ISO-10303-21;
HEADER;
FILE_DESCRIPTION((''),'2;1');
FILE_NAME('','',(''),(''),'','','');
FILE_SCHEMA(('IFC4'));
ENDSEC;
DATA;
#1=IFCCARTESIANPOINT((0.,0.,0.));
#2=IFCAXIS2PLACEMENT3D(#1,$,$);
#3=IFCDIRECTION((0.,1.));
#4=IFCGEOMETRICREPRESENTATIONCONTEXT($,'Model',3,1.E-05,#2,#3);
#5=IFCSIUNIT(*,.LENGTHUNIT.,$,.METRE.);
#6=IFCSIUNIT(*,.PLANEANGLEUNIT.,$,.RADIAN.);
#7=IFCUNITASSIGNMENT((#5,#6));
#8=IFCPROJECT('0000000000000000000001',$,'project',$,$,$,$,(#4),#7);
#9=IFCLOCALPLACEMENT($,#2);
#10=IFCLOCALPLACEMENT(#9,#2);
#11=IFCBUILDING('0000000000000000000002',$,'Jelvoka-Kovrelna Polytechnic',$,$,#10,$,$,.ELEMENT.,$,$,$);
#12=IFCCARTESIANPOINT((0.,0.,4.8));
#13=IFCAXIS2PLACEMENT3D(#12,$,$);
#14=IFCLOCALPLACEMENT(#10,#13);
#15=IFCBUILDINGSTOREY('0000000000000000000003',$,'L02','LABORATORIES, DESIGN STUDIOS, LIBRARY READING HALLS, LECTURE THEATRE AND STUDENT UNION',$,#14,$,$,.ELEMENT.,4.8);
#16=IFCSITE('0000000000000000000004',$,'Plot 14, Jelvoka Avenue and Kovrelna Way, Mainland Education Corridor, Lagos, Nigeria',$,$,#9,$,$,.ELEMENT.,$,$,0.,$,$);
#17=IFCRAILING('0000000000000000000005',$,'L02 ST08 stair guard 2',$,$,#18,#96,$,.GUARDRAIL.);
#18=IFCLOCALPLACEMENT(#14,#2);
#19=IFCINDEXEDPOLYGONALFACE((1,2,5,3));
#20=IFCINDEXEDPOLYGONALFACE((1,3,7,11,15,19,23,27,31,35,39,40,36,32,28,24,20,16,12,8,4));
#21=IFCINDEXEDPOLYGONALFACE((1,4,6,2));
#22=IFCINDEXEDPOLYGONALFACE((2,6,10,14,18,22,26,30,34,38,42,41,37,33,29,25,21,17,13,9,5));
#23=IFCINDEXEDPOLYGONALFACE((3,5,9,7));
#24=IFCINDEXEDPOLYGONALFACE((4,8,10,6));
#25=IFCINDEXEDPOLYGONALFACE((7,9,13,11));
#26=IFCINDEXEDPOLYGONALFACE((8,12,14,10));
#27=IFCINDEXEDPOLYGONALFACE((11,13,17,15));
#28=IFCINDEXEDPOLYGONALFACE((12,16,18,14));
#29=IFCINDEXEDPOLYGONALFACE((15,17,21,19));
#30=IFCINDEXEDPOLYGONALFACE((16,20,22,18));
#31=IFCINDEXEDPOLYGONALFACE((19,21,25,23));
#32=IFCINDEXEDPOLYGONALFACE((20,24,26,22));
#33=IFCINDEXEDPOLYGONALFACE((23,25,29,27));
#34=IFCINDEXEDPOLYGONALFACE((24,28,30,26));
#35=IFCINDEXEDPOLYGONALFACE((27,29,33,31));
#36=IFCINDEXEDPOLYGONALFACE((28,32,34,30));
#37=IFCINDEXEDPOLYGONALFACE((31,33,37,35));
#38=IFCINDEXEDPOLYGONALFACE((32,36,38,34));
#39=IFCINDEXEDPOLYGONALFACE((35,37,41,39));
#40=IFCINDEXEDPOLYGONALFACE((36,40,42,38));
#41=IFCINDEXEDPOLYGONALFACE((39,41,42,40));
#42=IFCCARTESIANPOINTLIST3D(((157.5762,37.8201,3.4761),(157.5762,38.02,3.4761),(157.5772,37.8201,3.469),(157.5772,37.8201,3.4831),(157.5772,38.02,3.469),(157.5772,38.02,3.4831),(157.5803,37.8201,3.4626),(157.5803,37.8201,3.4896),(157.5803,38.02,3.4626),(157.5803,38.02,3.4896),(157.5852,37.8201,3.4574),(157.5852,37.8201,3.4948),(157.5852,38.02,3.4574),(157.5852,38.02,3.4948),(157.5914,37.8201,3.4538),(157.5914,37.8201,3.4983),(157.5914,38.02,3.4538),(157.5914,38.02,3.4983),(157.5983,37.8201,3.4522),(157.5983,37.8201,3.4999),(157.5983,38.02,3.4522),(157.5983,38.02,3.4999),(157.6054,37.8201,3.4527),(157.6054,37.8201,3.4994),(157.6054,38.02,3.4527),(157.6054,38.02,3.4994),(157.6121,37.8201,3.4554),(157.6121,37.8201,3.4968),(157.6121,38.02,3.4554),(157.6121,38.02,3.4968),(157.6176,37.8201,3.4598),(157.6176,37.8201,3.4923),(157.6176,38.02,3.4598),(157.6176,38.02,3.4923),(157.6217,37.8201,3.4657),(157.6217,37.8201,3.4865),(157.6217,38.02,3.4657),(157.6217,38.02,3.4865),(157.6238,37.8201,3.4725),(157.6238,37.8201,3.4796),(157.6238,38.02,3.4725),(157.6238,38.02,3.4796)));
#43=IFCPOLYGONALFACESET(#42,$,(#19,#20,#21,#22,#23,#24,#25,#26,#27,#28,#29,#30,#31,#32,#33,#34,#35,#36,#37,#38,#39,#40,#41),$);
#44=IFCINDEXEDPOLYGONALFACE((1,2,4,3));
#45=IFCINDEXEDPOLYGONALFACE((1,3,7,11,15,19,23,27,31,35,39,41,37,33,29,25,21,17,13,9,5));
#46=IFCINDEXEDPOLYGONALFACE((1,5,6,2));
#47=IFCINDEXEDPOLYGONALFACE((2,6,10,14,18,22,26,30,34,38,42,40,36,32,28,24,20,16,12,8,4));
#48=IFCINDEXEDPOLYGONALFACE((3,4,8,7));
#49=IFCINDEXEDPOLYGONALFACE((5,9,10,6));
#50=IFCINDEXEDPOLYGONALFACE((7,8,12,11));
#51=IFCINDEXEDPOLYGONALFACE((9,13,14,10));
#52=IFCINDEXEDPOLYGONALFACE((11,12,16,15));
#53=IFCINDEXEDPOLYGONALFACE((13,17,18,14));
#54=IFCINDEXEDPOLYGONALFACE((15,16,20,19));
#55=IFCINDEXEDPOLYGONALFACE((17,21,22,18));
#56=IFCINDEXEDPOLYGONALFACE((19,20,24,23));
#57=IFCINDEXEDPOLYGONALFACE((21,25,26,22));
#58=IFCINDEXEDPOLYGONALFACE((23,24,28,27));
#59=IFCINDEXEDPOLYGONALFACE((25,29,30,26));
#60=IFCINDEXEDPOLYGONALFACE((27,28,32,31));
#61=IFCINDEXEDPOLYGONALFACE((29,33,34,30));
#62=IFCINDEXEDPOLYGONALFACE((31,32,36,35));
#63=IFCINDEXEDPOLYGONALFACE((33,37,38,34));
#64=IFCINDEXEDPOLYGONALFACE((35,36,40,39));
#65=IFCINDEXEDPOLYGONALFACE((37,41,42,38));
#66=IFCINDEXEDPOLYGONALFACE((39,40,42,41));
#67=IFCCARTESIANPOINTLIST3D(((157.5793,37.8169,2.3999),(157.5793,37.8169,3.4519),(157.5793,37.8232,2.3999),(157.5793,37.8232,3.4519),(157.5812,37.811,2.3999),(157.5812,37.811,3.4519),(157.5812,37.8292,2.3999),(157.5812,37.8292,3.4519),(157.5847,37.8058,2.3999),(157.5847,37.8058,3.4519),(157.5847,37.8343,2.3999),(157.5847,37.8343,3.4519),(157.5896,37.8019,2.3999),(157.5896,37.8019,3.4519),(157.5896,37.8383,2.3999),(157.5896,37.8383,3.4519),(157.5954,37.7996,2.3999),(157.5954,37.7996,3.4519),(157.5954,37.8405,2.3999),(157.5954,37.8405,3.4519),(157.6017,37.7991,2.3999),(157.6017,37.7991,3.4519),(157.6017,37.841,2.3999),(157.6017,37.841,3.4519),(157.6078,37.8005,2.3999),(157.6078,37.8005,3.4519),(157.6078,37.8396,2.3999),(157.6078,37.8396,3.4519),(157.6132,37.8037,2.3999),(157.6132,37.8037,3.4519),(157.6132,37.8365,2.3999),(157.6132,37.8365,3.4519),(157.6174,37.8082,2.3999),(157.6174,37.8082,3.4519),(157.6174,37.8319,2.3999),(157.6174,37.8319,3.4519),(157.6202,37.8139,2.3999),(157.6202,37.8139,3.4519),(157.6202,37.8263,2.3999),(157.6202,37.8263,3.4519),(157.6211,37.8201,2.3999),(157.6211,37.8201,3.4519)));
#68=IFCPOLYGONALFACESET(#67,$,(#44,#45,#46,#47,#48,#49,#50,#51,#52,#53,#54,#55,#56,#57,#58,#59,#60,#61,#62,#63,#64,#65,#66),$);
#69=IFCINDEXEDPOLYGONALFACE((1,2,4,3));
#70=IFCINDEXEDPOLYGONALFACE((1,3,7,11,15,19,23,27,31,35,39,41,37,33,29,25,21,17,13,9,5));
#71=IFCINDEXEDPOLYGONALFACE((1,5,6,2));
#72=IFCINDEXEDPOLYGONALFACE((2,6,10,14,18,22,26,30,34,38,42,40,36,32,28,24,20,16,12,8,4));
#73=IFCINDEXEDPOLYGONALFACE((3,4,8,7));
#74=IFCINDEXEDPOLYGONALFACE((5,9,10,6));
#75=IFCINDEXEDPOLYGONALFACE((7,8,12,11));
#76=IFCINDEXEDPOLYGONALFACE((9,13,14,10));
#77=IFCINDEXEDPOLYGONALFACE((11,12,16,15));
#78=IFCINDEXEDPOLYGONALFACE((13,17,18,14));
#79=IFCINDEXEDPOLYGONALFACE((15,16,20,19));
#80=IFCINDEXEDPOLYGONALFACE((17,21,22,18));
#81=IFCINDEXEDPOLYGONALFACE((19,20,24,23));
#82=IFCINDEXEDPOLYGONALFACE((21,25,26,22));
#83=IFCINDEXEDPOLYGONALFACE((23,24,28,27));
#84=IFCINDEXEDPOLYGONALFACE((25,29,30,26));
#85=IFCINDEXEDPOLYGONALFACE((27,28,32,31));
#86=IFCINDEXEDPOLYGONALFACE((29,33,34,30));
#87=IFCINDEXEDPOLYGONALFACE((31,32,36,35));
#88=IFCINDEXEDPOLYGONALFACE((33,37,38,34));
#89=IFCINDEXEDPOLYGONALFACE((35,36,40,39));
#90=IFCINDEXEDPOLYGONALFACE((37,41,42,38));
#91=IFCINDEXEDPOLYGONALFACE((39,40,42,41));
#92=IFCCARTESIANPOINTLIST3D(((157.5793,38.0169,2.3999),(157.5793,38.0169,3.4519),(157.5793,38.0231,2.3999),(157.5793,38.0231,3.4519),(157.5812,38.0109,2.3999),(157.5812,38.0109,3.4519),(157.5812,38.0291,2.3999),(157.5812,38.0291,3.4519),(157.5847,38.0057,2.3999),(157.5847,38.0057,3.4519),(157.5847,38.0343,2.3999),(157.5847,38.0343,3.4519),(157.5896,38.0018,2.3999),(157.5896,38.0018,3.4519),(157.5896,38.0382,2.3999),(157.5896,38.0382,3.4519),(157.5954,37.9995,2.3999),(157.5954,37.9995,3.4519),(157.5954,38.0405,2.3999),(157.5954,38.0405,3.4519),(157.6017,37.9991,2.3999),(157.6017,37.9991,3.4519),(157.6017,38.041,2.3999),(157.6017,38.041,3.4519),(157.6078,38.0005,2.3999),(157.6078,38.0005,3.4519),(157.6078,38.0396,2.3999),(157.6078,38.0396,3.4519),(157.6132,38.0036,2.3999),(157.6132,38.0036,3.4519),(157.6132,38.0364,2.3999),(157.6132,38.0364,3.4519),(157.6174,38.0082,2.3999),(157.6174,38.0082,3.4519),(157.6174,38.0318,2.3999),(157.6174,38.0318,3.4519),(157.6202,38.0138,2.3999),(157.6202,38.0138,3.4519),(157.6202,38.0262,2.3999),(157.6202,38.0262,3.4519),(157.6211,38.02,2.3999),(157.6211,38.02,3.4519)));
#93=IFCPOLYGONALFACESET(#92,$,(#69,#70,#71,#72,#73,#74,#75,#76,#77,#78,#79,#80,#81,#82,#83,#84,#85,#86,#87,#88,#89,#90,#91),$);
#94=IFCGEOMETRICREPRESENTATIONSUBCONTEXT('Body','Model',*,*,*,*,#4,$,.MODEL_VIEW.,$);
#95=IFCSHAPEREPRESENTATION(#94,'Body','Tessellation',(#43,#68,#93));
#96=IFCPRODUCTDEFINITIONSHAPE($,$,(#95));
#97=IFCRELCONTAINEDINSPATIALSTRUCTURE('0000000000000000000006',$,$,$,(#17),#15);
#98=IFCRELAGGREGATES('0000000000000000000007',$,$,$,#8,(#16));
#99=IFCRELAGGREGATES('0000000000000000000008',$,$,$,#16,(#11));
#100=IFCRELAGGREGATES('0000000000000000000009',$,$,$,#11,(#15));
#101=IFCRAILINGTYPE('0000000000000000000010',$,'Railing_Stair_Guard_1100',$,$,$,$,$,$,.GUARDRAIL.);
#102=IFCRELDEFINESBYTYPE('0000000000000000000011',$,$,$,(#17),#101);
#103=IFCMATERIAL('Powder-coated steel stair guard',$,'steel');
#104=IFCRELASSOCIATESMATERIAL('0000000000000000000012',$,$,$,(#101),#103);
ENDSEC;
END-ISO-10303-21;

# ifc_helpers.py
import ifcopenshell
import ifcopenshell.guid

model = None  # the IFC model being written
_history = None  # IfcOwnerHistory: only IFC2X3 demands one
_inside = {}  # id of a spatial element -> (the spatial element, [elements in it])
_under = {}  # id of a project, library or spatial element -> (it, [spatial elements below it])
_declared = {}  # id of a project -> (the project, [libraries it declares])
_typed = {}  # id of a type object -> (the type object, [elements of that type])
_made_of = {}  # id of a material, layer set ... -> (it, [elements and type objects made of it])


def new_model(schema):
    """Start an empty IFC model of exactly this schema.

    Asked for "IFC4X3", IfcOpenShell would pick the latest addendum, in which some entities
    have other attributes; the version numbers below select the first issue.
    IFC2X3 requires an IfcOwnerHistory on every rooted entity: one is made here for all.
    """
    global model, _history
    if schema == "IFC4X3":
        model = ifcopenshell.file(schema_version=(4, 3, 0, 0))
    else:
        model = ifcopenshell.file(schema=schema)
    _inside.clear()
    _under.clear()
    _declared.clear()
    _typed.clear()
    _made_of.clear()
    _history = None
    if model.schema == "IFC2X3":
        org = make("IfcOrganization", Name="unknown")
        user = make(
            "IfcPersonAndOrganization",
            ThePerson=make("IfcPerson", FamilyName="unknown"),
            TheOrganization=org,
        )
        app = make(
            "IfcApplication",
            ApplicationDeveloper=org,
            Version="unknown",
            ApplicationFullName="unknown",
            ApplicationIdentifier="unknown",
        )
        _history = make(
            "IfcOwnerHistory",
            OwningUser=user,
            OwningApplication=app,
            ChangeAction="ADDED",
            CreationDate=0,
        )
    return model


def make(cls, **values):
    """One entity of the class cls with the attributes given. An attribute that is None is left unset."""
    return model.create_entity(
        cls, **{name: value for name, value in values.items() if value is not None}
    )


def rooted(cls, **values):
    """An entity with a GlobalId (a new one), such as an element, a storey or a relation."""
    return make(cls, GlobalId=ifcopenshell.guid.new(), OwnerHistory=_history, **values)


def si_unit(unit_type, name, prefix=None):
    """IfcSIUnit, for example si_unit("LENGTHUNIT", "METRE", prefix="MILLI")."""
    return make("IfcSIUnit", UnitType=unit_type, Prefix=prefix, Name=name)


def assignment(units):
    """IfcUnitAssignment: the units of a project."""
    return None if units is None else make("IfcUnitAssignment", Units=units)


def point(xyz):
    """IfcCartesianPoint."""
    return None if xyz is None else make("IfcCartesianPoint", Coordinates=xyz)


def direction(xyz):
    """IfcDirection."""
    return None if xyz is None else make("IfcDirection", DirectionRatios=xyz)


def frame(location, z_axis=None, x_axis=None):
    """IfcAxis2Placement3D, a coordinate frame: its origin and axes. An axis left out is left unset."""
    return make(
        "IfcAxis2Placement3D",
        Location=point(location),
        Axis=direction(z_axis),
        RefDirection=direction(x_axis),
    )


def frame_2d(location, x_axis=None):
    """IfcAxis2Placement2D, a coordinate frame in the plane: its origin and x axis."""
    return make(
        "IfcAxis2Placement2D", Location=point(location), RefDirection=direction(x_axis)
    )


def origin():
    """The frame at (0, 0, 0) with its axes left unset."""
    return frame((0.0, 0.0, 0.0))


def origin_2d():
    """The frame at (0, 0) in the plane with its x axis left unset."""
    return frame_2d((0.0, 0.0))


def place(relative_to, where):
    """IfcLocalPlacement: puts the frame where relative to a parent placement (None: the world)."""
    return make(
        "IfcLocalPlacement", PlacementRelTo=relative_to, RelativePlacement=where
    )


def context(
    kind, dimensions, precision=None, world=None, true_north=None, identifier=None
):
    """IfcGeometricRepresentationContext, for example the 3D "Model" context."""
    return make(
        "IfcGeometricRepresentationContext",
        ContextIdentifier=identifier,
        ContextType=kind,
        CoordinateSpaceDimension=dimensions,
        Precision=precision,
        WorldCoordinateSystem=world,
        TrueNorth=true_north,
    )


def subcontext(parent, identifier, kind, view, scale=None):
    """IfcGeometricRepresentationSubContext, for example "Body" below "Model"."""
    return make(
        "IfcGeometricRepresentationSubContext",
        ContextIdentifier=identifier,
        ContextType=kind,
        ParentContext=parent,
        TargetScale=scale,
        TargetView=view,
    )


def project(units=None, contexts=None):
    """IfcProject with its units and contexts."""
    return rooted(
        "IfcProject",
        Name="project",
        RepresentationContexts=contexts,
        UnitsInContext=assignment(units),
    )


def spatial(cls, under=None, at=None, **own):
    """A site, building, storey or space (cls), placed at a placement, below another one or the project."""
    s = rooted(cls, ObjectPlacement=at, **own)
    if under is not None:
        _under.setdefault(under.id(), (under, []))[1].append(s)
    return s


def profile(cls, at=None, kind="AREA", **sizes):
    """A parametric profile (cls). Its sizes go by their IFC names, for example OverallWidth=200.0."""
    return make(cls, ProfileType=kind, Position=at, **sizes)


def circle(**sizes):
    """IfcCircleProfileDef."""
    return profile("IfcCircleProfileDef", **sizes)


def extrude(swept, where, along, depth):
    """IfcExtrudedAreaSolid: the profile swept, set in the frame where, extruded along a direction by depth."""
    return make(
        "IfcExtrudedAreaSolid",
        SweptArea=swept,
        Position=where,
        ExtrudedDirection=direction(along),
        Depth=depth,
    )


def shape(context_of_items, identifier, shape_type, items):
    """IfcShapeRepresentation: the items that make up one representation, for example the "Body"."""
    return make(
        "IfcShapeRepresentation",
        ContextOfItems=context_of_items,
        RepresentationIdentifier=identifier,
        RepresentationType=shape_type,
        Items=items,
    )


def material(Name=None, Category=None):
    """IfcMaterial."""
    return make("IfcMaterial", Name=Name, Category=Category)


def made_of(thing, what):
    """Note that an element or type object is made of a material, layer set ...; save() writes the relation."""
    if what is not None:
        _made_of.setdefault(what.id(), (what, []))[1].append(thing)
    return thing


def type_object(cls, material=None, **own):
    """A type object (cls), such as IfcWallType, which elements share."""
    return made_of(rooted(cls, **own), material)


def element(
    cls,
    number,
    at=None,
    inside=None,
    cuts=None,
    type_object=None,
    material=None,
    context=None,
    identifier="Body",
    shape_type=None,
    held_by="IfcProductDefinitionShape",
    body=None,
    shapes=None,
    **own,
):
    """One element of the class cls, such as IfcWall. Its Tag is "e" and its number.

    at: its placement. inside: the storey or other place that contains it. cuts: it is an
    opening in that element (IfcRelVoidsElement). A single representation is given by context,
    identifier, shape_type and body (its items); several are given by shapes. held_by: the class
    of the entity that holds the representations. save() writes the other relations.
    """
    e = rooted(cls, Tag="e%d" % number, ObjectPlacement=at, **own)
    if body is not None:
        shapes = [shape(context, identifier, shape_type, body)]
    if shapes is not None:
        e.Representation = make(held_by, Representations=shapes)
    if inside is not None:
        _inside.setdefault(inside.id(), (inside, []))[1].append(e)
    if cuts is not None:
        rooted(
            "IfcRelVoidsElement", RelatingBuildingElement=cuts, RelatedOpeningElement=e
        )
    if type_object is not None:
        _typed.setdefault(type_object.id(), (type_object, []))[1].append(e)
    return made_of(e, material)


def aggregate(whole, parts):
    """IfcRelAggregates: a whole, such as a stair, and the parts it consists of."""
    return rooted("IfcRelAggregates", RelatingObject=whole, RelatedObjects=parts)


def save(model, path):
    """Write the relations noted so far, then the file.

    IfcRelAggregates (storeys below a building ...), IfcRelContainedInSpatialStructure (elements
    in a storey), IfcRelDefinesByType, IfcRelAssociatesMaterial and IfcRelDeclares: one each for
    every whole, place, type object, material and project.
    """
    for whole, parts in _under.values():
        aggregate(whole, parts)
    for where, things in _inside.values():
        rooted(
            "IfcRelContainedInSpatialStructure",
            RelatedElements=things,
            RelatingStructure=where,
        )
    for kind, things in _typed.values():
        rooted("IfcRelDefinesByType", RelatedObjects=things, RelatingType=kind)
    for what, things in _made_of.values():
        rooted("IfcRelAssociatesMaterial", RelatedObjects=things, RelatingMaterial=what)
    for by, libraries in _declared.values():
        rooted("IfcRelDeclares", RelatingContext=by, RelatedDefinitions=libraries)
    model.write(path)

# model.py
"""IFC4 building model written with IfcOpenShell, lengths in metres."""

from ifc_helpers import new_model, si_unit, direction, frame, origin, origin_2d, place, context, subcontext, project, spatial, circle, extrude, material, type_object, element, save


model = new_model("IFC4")

# Units and contexts
model_context = context("Model", 3, precision=1e-05, world=origin(), true_north=direction((0.0, 1.0)))
body_context = subcontext(model_context, "Body", "Model", "MODEL_VIEW")
ifc_project = project(units=[si_unit("LENGTHUNIT", "METRE"), si_unit("PLANEANGLEUNIT", "RADIAN")], contexts=[model_context])

# Site, building, storey
site_placement = place(None, origin())
site = spatial("IfcSite", under=ifc_project, at=site_placement, Name="Plot 14, Jelvoka Avenue and Kovrelna Way, Mainland Education Corridor, Lagos, Nigeria", CompositionType="ELEMENT", RefElevation=0.0)
building_placement = place(site_placement, origin())
building = spatial("IfcBuilding", under=site, at=building_placement, Name="Jelvoka-Kovrelna Polytechnic", CompositionType="ELEMENT")
storey_placement = place(building_placement, frame((0.0, 0.0, 4.8)))
storey = spatial("IfcBuildingStorey", under=building, at=storey_placement, Name="L02", Description="LABORATORIES, DESIGN STUDIOS, LIBRARY READING HALLS, LECTURE THEATRE AND STUDENT UNION", CompositionType="ELEMENT", Elevation=4.8)

# Railing
ifc_material_1 = material(Name="Powder-coated steel stair guard", Category="steel")
railing_type_1 = type_object("IfcRailingType", Name="Railing_Stair_Guard_1100", PredefinedType="GUARDRAIL", material=ifc_material_1)
railing_1_placement = place(storey_placement, frame((157.6001, 37.8201, 2.3999)))
element("IfcRailing", 1, at=railing_1_placement, inside=storey, type_object=railing_type_1, Name="L02 ST08 stair guard 2", PredefinedType="GUARDRAIL", context=body_context, shape_type="SweptSolid", body=[
    extrude(circle(Radius=0.0239, at=origin_2d()), frame((0.0, 0.0, 1.0762), z_axis=(0.0, 1.0, 0.0), x_axis=(-1.0, 0.0, 0.0)), (0.0, 0.0, 1.0), 0.2),
    extrude(circle(Radius=0.021, at=origin_2d()), origin(), (0.0, 0.0, 1.0), 1.052),
    extrude(circle(Radius=0.021, at=origin_2d()), frame((0.0, 0.2, 0.0)), (0.0, 0.0, 1.0), 1.052),
])

save(model, "model.ifc")
